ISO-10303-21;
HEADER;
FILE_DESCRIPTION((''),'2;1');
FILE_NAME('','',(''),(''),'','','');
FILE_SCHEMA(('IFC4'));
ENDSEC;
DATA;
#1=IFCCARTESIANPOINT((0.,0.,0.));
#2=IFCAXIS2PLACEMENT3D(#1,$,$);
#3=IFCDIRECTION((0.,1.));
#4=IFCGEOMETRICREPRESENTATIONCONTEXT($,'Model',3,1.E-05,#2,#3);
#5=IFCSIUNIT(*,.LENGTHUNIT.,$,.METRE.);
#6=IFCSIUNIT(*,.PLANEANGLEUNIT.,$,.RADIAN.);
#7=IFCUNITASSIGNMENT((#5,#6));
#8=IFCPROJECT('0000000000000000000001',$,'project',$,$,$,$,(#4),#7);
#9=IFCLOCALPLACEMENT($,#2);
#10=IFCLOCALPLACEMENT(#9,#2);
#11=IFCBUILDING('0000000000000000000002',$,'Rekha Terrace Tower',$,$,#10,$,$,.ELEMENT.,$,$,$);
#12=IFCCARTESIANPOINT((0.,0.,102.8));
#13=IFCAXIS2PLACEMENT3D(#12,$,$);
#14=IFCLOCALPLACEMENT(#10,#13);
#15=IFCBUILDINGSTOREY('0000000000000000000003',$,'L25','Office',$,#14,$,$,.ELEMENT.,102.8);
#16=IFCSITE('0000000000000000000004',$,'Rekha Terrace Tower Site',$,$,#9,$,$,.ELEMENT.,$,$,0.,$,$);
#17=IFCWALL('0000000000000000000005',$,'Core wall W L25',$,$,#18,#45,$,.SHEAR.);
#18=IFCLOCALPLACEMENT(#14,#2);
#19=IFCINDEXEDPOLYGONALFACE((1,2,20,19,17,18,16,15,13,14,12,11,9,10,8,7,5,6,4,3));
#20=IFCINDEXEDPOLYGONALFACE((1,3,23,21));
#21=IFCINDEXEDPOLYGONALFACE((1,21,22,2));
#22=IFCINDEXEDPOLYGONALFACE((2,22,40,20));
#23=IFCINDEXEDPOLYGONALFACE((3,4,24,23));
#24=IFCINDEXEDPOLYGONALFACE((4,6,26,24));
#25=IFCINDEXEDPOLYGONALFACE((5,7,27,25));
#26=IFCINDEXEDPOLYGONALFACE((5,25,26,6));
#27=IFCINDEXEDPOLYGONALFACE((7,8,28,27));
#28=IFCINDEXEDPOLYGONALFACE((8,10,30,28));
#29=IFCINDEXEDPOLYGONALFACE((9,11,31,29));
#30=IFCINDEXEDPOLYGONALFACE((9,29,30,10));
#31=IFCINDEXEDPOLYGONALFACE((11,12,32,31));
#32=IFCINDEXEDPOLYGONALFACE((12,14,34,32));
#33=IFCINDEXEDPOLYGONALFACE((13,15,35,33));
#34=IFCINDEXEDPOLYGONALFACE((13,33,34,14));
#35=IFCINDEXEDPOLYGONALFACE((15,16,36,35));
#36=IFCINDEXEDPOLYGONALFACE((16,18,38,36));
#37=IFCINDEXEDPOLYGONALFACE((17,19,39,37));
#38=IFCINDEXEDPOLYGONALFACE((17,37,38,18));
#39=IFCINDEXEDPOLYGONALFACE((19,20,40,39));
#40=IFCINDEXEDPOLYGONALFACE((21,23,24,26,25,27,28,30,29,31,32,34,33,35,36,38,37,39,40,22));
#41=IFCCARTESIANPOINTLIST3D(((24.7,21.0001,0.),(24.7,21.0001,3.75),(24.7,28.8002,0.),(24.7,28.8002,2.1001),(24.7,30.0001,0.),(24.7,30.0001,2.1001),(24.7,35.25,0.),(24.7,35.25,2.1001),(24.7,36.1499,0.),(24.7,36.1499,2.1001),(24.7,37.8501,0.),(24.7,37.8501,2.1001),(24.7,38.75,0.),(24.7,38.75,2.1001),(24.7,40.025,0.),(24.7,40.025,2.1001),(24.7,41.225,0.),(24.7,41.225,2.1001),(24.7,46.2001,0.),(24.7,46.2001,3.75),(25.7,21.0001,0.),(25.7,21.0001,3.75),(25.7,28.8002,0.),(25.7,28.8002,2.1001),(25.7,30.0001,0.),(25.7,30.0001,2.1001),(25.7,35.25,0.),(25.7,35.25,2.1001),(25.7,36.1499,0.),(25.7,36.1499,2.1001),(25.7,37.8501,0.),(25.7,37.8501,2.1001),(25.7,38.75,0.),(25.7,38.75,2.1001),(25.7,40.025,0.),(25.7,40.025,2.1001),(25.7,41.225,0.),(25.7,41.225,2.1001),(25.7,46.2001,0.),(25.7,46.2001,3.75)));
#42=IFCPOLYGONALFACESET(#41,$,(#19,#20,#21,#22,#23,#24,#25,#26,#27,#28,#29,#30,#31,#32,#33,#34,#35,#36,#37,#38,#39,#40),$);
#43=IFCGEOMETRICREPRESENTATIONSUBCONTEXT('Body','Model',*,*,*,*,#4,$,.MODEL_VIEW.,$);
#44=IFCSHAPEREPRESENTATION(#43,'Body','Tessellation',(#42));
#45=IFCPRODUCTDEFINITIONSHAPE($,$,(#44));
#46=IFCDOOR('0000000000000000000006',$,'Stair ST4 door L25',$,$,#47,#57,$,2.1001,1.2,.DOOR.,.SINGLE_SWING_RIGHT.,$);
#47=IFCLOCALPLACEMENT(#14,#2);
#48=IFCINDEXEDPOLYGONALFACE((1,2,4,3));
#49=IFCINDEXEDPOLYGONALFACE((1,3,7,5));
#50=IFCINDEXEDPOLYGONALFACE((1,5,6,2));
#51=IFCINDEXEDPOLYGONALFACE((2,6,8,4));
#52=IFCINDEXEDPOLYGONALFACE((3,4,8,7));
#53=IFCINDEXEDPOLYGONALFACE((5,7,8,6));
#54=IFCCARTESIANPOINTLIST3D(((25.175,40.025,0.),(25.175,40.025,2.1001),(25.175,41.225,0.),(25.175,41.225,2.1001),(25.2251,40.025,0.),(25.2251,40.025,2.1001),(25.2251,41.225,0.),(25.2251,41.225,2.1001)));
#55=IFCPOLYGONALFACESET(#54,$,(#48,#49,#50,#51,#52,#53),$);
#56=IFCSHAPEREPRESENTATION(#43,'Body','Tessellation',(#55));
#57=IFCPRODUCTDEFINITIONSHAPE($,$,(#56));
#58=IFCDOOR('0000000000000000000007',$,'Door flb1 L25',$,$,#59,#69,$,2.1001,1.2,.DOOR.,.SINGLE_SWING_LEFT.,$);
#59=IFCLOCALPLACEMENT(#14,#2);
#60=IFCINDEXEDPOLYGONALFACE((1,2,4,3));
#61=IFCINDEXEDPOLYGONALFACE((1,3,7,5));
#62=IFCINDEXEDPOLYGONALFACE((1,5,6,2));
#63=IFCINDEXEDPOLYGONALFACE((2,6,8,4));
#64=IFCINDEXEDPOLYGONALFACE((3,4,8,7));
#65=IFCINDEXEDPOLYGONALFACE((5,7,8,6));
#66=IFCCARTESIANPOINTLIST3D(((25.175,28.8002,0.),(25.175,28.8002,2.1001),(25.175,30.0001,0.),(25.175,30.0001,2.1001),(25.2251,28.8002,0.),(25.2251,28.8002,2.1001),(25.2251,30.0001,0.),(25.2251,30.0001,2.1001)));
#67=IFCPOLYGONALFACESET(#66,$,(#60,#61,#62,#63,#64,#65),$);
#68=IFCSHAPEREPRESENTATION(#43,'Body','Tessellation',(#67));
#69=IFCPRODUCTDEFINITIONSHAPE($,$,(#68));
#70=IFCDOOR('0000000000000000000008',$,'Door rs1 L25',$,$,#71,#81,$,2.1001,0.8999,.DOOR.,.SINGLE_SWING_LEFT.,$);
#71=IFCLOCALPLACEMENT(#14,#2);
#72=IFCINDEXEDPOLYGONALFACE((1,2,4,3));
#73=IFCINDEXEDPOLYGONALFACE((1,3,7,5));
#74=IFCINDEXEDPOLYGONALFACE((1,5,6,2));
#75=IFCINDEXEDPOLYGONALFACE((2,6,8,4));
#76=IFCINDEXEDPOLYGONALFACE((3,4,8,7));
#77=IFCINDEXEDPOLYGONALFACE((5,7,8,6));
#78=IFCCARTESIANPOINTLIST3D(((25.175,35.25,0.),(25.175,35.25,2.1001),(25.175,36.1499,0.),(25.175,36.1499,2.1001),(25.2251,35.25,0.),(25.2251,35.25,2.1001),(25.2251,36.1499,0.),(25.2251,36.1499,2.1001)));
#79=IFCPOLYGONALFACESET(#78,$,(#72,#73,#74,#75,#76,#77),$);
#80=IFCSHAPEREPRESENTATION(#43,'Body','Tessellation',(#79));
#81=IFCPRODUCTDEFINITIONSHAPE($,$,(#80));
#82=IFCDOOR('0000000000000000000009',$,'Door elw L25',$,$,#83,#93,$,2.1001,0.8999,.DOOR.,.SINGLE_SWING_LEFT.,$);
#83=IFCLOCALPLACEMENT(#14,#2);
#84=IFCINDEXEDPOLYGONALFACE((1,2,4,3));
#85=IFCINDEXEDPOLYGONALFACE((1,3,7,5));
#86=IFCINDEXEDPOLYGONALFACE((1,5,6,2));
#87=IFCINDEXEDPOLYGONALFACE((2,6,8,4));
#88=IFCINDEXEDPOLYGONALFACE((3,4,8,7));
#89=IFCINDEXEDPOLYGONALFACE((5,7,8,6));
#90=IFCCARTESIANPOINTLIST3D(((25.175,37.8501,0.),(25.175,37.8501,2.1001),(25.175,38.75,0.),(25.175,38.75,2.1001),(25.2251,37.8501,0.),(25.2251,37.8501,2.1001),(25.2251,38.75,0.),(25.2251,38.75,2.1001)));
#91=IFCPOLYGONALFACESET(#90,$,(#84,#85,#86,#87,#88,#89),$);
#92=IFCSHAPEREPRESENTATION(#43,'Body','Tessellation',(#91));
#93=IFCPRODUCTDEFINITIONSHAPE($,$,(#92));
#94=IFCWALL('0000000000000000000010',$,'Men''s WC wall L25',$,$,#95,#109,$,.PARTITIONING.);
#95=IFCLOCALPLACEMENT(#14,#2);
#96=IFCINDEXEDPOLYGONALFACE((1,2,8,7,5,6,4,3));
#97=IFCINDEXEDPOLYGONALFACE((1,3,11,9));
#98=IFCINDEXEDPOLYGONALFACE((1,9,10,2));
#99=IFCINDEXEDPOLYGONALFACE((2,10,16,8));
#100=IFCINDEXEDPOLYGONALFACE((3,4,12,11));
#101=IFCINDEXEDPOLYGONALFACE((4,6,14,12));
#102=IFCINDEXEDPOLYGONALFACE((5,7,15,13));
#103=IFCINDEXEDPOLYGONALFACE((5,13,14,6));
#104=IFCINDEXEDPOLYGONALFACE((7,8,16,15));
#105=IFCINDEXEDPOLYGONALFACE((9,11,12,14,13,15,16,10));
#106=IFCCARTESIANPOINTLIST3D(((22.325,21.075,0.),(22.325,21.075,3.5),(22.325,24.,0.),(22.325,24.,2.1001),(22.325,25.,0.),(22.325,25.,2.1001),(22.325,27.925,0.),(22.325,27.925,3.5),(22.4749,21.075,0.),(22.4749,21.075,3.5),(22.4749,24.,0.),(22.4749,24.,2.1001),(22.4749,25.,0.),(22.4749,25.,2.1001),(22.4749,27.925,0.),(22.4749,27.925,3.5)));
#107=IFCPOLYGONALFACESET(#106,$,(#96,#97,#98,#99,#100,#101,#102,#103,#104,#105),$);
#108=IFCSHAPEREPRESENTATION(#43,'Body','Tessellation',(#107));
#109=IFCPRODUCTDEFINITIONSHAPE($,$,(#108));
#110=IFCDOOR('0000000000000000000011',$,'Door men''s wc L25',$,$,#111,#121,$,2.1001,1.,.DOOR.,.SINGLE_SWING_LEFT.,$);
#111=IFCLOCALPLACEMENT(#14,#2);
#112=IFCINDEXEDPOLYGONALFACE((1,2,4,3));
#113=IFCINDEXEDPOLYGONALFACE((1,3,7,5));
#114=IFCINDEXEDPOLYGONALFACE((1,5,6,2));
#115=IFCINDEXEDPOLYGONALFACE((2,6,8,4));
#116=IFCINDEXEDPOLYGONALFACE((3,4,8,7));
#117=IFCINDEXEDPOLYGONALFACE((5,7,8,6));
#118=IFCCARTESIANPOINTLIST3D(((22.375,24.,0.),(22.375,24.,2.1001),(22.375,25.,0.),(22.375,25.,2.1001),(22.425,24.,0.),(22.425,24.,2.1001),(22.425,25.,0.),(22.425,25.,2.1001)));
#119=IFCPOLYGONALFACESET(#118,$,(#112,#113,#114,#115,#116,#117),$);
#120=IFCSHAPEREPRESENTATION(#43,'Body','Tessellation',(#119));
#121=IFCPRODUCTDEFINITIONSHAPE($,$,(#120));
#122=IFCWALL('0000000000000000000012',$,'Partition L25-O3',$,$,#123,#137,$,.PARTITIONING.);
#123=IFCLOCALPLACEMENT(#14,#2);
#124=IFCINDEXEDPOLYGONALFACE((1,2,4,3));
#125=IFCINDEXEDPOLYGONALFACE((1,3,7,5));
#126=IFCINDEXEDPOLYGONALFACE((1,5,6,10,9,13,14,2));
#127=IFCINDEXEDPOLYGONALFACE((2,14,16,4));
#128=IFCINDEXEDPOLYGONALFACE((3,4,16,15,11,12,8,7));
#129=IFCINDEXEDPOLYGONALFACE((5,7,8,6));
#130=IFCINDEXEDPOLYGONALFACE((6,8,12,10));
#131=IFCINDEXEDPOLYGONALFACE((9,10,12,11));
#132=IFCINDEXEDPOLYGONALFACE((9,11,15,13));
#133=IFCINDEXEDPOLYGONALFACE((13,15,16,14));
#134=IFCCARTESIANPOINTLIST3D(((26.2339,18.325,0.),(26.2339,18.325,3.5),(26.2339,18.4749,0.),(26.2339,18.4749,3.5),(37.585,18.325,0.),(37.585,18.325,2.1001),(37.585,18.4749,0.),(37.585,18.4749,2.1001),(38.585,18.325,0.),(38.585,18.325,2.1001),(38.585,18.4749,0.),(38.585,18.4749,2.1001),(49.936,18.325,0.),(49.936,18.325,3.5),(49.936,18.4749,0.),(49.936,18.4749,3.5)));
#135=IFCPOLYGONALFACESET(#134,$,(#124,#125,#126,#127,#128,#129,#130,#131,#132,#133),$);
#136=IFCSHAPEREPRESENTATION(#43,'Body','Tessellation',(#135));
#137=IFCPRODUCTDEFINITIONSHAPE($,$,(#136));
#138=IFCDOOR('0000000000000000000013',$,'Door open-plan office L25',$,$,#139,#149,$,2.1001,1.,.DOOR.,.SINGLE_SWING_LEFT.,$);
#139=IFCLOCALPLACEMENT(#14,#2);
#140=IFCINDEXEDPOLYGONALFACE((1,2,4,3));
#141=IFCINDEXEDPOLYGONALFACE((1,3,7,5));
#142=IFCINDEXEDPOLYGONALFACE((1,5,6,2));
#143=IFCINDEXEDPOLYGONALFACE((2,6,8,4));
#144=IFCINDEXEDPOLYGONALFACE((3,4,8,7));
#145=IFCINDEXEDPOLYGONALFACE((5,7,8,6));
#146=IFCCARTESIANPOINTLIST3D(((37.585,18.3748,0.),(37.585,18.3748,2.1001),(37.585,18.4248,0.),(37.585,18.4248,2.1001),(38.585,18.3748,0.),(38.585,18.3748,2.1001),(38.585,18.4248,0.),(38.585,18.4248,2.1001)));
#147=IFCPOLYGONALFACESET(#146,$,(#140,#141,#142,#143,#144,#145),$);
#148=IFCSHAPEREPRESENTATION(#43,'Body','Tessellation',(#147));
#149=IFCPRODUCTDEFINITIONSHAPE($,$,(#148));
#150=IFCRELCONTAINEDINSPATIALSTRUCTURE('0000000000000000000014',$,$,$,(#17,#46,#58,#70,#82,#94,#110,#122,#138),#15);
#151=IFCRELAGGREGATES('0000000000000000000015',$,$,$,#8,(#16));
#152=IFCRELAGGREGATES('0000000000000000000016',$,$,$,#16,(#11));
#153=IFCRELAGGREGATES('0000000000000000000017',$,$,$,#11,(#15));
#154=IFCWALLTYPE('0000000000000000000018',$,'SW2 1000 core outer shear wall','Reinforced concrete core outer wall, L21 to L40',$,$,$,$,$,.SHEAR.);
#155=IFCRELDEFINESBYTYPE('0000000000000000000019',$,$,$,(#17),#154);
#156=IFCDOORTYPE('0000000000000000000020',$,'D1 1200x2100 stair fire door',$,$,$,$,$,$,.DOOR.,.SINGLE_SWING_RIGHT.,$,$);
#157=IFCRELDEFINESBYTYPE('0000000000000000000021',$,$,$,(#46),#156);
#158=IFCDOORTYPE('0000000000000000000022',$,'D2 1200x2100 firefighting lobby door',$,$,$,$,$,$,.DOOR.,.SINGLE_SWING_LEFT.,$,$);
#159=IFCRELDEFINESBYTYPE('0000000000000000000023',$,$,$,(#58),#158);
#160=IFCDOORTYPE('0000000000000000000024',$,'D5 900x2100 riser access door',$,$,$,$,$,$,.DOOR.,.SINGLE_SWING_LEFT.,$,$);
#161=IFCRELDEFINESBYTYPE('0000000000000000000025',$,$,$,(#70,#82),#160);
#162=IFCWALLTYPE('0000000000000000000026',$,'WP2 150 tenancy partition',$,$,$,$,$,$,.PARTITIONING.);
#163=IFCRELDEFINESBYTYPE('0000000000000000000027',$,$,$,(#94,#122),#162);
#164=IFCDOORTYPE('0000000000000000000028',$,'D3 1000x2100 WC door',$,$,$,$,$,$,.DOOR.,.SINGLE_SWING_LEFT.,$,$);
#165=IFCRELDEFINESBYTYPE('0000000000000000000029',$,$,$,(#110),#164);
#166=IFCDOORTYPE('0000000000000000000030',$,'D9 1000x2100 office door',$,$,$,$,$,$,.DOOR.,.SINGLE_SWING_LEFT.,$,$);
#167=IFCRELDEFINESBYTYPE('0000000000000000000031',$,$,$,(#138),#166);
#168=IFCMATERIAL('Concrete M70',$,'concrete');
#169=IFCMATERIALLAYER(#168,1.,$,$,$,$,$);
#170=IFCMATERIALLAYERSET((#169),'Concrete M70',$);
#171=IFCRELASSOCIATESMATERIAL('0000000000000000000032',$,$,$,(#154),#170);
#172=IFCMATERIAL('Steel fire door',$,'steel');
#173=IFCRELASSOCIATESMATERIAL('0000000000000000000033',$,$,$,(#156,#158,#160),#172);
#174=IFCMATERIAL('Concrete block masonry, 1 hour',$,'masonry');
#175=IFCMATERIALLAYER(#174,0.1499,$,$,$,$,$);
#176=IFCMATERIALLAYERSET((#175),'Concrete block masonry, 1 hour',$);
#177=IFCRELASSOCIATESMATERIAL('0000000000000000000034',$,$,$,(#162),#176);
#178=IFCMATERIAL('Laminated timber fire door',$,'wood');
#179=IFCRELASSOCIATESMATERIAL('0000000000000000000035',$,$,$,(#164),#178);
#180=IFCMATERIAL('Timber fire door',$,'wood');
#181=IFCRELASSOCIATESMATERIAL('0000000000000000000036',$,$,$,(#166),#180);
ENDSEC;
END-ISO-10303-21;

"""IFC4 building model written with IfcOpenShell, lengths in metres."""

from ifc_helpers import new_model, si_unit, direction, frame, frame_2d, origin, place, context, subcontext, project, spatial, rectangle, extrude, material, layer, layer_set, type_object, element, fill, save


model = new_model("IFC4")

# Units and contexts
model_context = context("Model", 3, precision=1e-05, world=origin(), true_north=direction((0.0, 1.0)))
body_context = subcontext(model_context, "Body", "Model", "MODEL_VIEW")
ifc_project = project(units=[si_unit("LENGTHUNIT", "METRE"), si_unit("PLANEANGLEUNIT", "RADIAN")], contexts=[model_context])

# Site, building, storey
site_placement = place(None, origin())
site = spatial("IfcSite", under=ifc_project, at=site_placement, Name="Rekha Terrace Tower Site", CompositionType="ELEMENT", RefElevation=0.0)
building_placement = place(site_placement, origin())
building = spatial("IfcBuilding", under=site, at=building_placement, Name="Rekha Terrace Tower", CompositionType="ELEMENT")
storey_placement = place(building_placement, frame((0.0, 0.0, 102.8)))
storey = spatial("IfcBuildingStorey", under=building, at=storey_placement, Name="L25", Description="Office", CompositionType="ELEMENT", Elevation=102.8)

# Shared definitions
ifc_material_1 = material(Name="Concrete M70", Category="concrete")

# Shared definitions
ifc_layer_1 = layer(ifc_material_1, 1.0)
ifc_layer_set_1 = layer_set([ifc_layer_1], Name="Concrete M70")
wall_type_1 = type_object("IfcWallType", Name="SW2 1000 core outer shear wall", Description="Reinforced concrete core outer wall, L21 to L40", PredefinedType="SHEAR", material=ifc_layer_set_1)

# Wall, openings, doors
wall_1_placement = place(storey_placement, frame((25.2, 21.0, 0.0), z_axis=(0.0, 0.0, 1.0), x_axis=(0.0, 1.0, 0.0)))
wall_1 = element("IfcWall", 1, at=wall_1_placement, inside=storey, type_object=wall_type_1, Name="Core wall W L25", PredefinedType="SHEAR", context=body_context, shape_type="SweptSolid", body=[
    extrude(rectangle(XDim=25.2, YDim=1.0, at=frame_2d((12.6001, 0.0))), origin(), (0.0, 0.0, 1.0), 3.75),
])
opening_1_placement = place(wall_1_placement, frame((7.8, 0.0, 0.0)))
opening_1 = element("IfcOpeningElement", 2, at=opening_1_placement, cuts=wall_1, PredefinedType="OPENING", context=body_context, shape_type="SweptSolid", body=[
    extrude(rectangle(XDim=1.2, YDim=2.1001, at=frame_2d((0.6001, 1.05))), frame((0.0, 0.51, 0.0), z_axis=(0.0, -1.0, 0.0), x_axis=(1.0, 0.0, 0.0)), (0.0, 0.0, 1.0), 1.02),
])
opening_2_placement = place(wall_1_placement, frame((14.25, 0.0, 0.0)))
opening_2 = element("IfcOpeningElement", 3, at=opening_2_placement, cuts=wall_1, PredefinedType="OPENING", context=body_context, shape_type="SweptSolid", body=[
    extrude(rectangle(XDim=0.8999, YDim=2.1001, at=frame_2d((0.45, 1.05))), frame((0.0, 0.51, 0.0), z_axis=(0.0, -1.0, 0.0), x_axis=(1.0, 0.0, 0.0)), (0.0, 0.0, 1.0), 1.02),
])
opening_3_placement = place(wall_1_placement, frame((16.8501, 0.0, 0.0)))
opening_3 = element("IfcOpeningElement", 4, at=opening_3_placement, cuts=wall_1, PredefinedType="OPENING", context=body_context, shape_type="SweptSolid", body=[
    extrude(rectangle(XDim=0.8999, YDim=2.1001, at=frame_2d((0.45, 1.05))), frame((0.0, 0.51, 0.0), z_axis=(0.0, -1.0, 0.0), x_axis=(1.0, 0.0, 0.0)), (0.0, 0.0, 1.0), 1.02),
])
opening_4_placement = place(wall_1_placement, frame((19.0249, 0.0, 0.0)))
opening_4 = element("IfcOpeningElement", 5, at=opening_4_placement, cuts=wall_1, PredefinedType="OPENING", context=body_context, shape_type="SweptSolid", body=[
    extrude(rectangle(XDim=1.2, YDim=2.1001, at=frame_2d((0.6001, 1.05))), frame((0.0, 0.51, 0.0), z_axis=(0.0, -1.0, 0.0), x_axis=(1.0, 0.0, 0.0)), (0.0, 0.0, 1.0), 1.02),
])
ifc_material_2 = material(Name="Steel fire door", Category="steel")
door_type_1 = type_object("IfcDoorType", Name="D1 1200x2100 stair fire door", OperationType="SINGLE_SWING_RIGHT", PredefinedType="DOOR", material=ifc_material_2)
door_1_placement = place(opening_4_placement, origin())
door_1 = element("IfcDoor", 6, at=door_1_placement, inside=storey, type_object=door_type_1, Name="Stair ST4 door L25", OperationType="SINGLE_SWING_RIGHT", OverallHeight=2.1001, OverallWidth=1.2, PredefinedType="DOOR", context=body_context, shape_type="SweptSolid", body=[
    extrude(rectangle(XDim=1.2, YDim=2.1001, at=frame_2d((0.6001, 1.05))), frame((0.0, 0.0249, 0.0), z_axis=(0.0, -1.0, 0.0), x_axis=(1.0, 0.0, 0.0)), (0.0, 0.0, 1.0), 0.05),
])
fill(opening_4, door_1)
door_type_2 = type_object("IfcDoorType", Name="D2 1200x2100 firefighting lobby door", OperationType="SINGLE_SWING_LEFT", PredefinedType="DOOR", material=ifc_material_2)
door_2_placement = place(opening_1_placement, origin())
door_2 = element("IfcDoor", 7, at=door_2_placement, inside=storey, type_object=door_type_2, Name="Door flb1 L25", OperationType="SINGLE_SWING_LEFT", OverallHeight=2.1001, OverallWidth=1.2, PredefinedType="DOOR", context=body_context, shape_type="SweptSolid", body=[
    extrude(rectangle(XDim=1.2, YDim=2.1001, at=frame_2d((0.6001, 1.05))), frame((0.0, 0.0249, 0.0), z_axis=(0.0, -1.0, 0.0), x_axis=(1.0, 0.0, 0.0)), (0.0, 0.0, 1.0), 0.05),
])
fill(opening_1, door_2)
door_type_3 = type_object("IfcDoorType", Name="D5 900x2100 riser access door", OperationType="SINGLE_SWING_LEFT", PredefinedType="DOOR", material=ifc_material_2)
door_3_placement = place(opening_2_placement, origin())
door_3 = element("IfcDoor", 8, at=door_3_placement, inside=storey, type_object=door_type_3, Name="Door rs1 L25", OperationType="SINGLE_SWING_LEFT", OverallHeight=2.1001, OverallWidth=0.8999, PredefinedType="DOOR", context=body_context, shape_type="SweptSolid", body=[
    extrude(rectangle(XDim=0.8999, YDim=2.1001, at=frame_2d((0.45, 1.05))), frame((0.0, 0.0249, 0.0), z_axis=(0.0, -1.0, 0.0), x_axis=(1.0, 0.0, 0.0)), (0.0, 0.0, 1.0), 0.05),
])
fill(opening_2, door_3)
door_4_placement = place(opening_3_placement, origin())
door_4 = element("IfcDoor", 9, at=door_4_placement, inside=storey, type_object=door_type_3, Name="Door elw L25", OperationType="SINGLE_SWING_LEFT", OverallHeight=2.1001, OverallWidth=0.8999, PredefinedType="DOOR", context=body_context, shape_type="SweptSolid", body=[
    extrude(rectangle(XDim=0.8999, YDim=2.1001, at=frame_2d((0.45, 1.05))), frame((0.0, 0.0249, 0.0), z_axis=(0.0, -1.0, 0.0), x_axis=(1.0, 0.0, 0.0)), (0.0, 0.0, 1.0), 0.05),
])
fill(opening_3, door_4)

# Walls, openings, doors
ifc_material_3 = material(Name="Concrete block masonry, 1 hour", Category="masonry")
ifc_layer_2 = layer(ifc_material_3, 0.1499)
ifc_layer_set_2 = layer_set([ifc_layer_2], Name="Concrete block masonry, 1 hour")
wall_type_2 = type_object("IfcWallType", Name="WP2 150 tenancy partition", PredefinedType="PARTITIONING", material=ifc_layer_set_2)
wall_2_placement = place(storey_placement, frame((22.3999, 21.075, 0.0), z_axis=(0.0, 0.0, 1.0), x_axis=(0.0, 1.0, 0.0)))
wall_2 = element("IfcWall", 10, at=wall_2_placement, inside=storey, type_object=wall_type_2, Name="Men's WC wall L25", PredefinedType="PARTITIONING", context=body_context, shape_type="SweptSolid", body=[
    extrude(rectangle(XDim=6.8501, YDim=0.1499, at=frame_2d((3.425, 0.0))), origin(), (0.0, 0.0, 1.0), 3.5),
])
opening_5_placement = place(wall_2_placement, frame((2.925, 0.0, 0.0)))
opening_5 = element("IfcOpeningElement", 11, at=opening_5_placement, cuts=wall_2, PredefinedType="OPENING", context=body_context, shape_type="SweptSolid", body=[
    extrude(rectangle(XDim=1.0, YDim=2.1001, at=frame_2d((0.5, 1.05))), frame((0.0, 0.085, 0.0), z_axis=(0.0, -1.0, 0.0), x_axis=(1.0, 0.0, 0.0)), (0.0, 0.0, 1.0), 0.1699),
])
ifc_material_4 = material(Name="Laminated timber fire door", Category="wood")
door_type_4 = type_object("IfcDoorType", Name="D3 1000x2100 WC door", OperationType="SINGLE_SWING_LEFT", PredefinedType="DOOR", material=ifc_material_4)
door_5_placement = place(opening_5_placement, origin())
door_5 = element("IfcDoor", 12, at=door_5_placement, inside=storey, type_object=door_type_4, Name="Door men's wc L25", OperationType="SINGLE_SWING_LEFT", OverallHeight=2.1001, OverallWidth=1.0, PredefinedType="DOOR", context=body_context, shape_type="SweptSolid", body=[
    extrude(rectangle(XDim=1.0, YDim=2.1001, at=frame_2d((0.5, 1.05))), frame((0.0, 0.0249, 0.0), z_axis=(0.0, -1.0, 0.0), x_axis=(1.0, 0.0, 0.0)), (0.0, 0.0, 1.0), 0.05),
])
fill(opening_5, door_5)
wall_3_placement = place(storey_placement, frame((26.2339, 18.3999, 0.0), z_axis=(0.0, 0.0, 1.0), x_axis=(1.0, 0.0, 0.0)))
wall_3 = element("IfcWall", 13, at=wall_3_placement, inside=storey, type_object=wall_type_2, Name="Partition L25-O3", PredefinedType="PARTITIONING", context=body_context, shape_type="SweptSolid", body=[
    extrude(rectangle(XDim=23.7021, YDim=0.1499, at=frame_2d((11.8511, 0.0))), origin(), (0.0, 0.0, 1.0), 3.5),
])
opening_6_placement = place(wall_3_placement, frame((11.3511, 0.0, 0.0)))
opening_6 = element("IfcOpeningElement", 14, at=opening_6_placement, cuts=wall_3, PredefinedType="OPENING", context=body_context, shape_type="SweptSolid", body=[
    extrude(rectangle(XDim=1.0, YDim=2.1001, at=frame_2d((0.5, 1.05))), frame((0.0, 0.085, 0.0), z_axis=(0.0, -1.0, 0.0), x_axis=(1.0, 0.0, 0.0)), (0.0, 0.0, 1.0), 0.1699),
])
ifc_material_5 = material(Name="Timber fire door", Category="wood")
door_type_5 = type_object("IfcDoorType", Name="D9 1000x2100 office door", OperationType="SINGLE_SWING_LEFT", PredefinedType="DOOR", material=ifc_material_5)
door_6_placement = place(opening_6_placement, origin())
door_6 = element("IfcDoor", 15, at=door_6_placement, inside=storey, type_object=door_type_5, Name="Door open-plan office L25", OperationType="SINGLE_SWING_LEFT", OverallHeight=2.1001, OverallWidth=1.0, PredefinedType="DOOR", context=body_context, shape_type="SweptSolid", body=[
    extrude(rectangle(XDim=1.0, YDim=2.1001, at=frame_2d((0.5, 1.05))), frame((0.0, 0.0249, 0.0), z_axis=(0.0, -1.0, 0.0), x_axis=(1.0, 0.0, 0.0)), (0.0, 0.0, 1.0), 0.05),
])
fill(opening_6, door_6)

save(model, "model.ifc")
